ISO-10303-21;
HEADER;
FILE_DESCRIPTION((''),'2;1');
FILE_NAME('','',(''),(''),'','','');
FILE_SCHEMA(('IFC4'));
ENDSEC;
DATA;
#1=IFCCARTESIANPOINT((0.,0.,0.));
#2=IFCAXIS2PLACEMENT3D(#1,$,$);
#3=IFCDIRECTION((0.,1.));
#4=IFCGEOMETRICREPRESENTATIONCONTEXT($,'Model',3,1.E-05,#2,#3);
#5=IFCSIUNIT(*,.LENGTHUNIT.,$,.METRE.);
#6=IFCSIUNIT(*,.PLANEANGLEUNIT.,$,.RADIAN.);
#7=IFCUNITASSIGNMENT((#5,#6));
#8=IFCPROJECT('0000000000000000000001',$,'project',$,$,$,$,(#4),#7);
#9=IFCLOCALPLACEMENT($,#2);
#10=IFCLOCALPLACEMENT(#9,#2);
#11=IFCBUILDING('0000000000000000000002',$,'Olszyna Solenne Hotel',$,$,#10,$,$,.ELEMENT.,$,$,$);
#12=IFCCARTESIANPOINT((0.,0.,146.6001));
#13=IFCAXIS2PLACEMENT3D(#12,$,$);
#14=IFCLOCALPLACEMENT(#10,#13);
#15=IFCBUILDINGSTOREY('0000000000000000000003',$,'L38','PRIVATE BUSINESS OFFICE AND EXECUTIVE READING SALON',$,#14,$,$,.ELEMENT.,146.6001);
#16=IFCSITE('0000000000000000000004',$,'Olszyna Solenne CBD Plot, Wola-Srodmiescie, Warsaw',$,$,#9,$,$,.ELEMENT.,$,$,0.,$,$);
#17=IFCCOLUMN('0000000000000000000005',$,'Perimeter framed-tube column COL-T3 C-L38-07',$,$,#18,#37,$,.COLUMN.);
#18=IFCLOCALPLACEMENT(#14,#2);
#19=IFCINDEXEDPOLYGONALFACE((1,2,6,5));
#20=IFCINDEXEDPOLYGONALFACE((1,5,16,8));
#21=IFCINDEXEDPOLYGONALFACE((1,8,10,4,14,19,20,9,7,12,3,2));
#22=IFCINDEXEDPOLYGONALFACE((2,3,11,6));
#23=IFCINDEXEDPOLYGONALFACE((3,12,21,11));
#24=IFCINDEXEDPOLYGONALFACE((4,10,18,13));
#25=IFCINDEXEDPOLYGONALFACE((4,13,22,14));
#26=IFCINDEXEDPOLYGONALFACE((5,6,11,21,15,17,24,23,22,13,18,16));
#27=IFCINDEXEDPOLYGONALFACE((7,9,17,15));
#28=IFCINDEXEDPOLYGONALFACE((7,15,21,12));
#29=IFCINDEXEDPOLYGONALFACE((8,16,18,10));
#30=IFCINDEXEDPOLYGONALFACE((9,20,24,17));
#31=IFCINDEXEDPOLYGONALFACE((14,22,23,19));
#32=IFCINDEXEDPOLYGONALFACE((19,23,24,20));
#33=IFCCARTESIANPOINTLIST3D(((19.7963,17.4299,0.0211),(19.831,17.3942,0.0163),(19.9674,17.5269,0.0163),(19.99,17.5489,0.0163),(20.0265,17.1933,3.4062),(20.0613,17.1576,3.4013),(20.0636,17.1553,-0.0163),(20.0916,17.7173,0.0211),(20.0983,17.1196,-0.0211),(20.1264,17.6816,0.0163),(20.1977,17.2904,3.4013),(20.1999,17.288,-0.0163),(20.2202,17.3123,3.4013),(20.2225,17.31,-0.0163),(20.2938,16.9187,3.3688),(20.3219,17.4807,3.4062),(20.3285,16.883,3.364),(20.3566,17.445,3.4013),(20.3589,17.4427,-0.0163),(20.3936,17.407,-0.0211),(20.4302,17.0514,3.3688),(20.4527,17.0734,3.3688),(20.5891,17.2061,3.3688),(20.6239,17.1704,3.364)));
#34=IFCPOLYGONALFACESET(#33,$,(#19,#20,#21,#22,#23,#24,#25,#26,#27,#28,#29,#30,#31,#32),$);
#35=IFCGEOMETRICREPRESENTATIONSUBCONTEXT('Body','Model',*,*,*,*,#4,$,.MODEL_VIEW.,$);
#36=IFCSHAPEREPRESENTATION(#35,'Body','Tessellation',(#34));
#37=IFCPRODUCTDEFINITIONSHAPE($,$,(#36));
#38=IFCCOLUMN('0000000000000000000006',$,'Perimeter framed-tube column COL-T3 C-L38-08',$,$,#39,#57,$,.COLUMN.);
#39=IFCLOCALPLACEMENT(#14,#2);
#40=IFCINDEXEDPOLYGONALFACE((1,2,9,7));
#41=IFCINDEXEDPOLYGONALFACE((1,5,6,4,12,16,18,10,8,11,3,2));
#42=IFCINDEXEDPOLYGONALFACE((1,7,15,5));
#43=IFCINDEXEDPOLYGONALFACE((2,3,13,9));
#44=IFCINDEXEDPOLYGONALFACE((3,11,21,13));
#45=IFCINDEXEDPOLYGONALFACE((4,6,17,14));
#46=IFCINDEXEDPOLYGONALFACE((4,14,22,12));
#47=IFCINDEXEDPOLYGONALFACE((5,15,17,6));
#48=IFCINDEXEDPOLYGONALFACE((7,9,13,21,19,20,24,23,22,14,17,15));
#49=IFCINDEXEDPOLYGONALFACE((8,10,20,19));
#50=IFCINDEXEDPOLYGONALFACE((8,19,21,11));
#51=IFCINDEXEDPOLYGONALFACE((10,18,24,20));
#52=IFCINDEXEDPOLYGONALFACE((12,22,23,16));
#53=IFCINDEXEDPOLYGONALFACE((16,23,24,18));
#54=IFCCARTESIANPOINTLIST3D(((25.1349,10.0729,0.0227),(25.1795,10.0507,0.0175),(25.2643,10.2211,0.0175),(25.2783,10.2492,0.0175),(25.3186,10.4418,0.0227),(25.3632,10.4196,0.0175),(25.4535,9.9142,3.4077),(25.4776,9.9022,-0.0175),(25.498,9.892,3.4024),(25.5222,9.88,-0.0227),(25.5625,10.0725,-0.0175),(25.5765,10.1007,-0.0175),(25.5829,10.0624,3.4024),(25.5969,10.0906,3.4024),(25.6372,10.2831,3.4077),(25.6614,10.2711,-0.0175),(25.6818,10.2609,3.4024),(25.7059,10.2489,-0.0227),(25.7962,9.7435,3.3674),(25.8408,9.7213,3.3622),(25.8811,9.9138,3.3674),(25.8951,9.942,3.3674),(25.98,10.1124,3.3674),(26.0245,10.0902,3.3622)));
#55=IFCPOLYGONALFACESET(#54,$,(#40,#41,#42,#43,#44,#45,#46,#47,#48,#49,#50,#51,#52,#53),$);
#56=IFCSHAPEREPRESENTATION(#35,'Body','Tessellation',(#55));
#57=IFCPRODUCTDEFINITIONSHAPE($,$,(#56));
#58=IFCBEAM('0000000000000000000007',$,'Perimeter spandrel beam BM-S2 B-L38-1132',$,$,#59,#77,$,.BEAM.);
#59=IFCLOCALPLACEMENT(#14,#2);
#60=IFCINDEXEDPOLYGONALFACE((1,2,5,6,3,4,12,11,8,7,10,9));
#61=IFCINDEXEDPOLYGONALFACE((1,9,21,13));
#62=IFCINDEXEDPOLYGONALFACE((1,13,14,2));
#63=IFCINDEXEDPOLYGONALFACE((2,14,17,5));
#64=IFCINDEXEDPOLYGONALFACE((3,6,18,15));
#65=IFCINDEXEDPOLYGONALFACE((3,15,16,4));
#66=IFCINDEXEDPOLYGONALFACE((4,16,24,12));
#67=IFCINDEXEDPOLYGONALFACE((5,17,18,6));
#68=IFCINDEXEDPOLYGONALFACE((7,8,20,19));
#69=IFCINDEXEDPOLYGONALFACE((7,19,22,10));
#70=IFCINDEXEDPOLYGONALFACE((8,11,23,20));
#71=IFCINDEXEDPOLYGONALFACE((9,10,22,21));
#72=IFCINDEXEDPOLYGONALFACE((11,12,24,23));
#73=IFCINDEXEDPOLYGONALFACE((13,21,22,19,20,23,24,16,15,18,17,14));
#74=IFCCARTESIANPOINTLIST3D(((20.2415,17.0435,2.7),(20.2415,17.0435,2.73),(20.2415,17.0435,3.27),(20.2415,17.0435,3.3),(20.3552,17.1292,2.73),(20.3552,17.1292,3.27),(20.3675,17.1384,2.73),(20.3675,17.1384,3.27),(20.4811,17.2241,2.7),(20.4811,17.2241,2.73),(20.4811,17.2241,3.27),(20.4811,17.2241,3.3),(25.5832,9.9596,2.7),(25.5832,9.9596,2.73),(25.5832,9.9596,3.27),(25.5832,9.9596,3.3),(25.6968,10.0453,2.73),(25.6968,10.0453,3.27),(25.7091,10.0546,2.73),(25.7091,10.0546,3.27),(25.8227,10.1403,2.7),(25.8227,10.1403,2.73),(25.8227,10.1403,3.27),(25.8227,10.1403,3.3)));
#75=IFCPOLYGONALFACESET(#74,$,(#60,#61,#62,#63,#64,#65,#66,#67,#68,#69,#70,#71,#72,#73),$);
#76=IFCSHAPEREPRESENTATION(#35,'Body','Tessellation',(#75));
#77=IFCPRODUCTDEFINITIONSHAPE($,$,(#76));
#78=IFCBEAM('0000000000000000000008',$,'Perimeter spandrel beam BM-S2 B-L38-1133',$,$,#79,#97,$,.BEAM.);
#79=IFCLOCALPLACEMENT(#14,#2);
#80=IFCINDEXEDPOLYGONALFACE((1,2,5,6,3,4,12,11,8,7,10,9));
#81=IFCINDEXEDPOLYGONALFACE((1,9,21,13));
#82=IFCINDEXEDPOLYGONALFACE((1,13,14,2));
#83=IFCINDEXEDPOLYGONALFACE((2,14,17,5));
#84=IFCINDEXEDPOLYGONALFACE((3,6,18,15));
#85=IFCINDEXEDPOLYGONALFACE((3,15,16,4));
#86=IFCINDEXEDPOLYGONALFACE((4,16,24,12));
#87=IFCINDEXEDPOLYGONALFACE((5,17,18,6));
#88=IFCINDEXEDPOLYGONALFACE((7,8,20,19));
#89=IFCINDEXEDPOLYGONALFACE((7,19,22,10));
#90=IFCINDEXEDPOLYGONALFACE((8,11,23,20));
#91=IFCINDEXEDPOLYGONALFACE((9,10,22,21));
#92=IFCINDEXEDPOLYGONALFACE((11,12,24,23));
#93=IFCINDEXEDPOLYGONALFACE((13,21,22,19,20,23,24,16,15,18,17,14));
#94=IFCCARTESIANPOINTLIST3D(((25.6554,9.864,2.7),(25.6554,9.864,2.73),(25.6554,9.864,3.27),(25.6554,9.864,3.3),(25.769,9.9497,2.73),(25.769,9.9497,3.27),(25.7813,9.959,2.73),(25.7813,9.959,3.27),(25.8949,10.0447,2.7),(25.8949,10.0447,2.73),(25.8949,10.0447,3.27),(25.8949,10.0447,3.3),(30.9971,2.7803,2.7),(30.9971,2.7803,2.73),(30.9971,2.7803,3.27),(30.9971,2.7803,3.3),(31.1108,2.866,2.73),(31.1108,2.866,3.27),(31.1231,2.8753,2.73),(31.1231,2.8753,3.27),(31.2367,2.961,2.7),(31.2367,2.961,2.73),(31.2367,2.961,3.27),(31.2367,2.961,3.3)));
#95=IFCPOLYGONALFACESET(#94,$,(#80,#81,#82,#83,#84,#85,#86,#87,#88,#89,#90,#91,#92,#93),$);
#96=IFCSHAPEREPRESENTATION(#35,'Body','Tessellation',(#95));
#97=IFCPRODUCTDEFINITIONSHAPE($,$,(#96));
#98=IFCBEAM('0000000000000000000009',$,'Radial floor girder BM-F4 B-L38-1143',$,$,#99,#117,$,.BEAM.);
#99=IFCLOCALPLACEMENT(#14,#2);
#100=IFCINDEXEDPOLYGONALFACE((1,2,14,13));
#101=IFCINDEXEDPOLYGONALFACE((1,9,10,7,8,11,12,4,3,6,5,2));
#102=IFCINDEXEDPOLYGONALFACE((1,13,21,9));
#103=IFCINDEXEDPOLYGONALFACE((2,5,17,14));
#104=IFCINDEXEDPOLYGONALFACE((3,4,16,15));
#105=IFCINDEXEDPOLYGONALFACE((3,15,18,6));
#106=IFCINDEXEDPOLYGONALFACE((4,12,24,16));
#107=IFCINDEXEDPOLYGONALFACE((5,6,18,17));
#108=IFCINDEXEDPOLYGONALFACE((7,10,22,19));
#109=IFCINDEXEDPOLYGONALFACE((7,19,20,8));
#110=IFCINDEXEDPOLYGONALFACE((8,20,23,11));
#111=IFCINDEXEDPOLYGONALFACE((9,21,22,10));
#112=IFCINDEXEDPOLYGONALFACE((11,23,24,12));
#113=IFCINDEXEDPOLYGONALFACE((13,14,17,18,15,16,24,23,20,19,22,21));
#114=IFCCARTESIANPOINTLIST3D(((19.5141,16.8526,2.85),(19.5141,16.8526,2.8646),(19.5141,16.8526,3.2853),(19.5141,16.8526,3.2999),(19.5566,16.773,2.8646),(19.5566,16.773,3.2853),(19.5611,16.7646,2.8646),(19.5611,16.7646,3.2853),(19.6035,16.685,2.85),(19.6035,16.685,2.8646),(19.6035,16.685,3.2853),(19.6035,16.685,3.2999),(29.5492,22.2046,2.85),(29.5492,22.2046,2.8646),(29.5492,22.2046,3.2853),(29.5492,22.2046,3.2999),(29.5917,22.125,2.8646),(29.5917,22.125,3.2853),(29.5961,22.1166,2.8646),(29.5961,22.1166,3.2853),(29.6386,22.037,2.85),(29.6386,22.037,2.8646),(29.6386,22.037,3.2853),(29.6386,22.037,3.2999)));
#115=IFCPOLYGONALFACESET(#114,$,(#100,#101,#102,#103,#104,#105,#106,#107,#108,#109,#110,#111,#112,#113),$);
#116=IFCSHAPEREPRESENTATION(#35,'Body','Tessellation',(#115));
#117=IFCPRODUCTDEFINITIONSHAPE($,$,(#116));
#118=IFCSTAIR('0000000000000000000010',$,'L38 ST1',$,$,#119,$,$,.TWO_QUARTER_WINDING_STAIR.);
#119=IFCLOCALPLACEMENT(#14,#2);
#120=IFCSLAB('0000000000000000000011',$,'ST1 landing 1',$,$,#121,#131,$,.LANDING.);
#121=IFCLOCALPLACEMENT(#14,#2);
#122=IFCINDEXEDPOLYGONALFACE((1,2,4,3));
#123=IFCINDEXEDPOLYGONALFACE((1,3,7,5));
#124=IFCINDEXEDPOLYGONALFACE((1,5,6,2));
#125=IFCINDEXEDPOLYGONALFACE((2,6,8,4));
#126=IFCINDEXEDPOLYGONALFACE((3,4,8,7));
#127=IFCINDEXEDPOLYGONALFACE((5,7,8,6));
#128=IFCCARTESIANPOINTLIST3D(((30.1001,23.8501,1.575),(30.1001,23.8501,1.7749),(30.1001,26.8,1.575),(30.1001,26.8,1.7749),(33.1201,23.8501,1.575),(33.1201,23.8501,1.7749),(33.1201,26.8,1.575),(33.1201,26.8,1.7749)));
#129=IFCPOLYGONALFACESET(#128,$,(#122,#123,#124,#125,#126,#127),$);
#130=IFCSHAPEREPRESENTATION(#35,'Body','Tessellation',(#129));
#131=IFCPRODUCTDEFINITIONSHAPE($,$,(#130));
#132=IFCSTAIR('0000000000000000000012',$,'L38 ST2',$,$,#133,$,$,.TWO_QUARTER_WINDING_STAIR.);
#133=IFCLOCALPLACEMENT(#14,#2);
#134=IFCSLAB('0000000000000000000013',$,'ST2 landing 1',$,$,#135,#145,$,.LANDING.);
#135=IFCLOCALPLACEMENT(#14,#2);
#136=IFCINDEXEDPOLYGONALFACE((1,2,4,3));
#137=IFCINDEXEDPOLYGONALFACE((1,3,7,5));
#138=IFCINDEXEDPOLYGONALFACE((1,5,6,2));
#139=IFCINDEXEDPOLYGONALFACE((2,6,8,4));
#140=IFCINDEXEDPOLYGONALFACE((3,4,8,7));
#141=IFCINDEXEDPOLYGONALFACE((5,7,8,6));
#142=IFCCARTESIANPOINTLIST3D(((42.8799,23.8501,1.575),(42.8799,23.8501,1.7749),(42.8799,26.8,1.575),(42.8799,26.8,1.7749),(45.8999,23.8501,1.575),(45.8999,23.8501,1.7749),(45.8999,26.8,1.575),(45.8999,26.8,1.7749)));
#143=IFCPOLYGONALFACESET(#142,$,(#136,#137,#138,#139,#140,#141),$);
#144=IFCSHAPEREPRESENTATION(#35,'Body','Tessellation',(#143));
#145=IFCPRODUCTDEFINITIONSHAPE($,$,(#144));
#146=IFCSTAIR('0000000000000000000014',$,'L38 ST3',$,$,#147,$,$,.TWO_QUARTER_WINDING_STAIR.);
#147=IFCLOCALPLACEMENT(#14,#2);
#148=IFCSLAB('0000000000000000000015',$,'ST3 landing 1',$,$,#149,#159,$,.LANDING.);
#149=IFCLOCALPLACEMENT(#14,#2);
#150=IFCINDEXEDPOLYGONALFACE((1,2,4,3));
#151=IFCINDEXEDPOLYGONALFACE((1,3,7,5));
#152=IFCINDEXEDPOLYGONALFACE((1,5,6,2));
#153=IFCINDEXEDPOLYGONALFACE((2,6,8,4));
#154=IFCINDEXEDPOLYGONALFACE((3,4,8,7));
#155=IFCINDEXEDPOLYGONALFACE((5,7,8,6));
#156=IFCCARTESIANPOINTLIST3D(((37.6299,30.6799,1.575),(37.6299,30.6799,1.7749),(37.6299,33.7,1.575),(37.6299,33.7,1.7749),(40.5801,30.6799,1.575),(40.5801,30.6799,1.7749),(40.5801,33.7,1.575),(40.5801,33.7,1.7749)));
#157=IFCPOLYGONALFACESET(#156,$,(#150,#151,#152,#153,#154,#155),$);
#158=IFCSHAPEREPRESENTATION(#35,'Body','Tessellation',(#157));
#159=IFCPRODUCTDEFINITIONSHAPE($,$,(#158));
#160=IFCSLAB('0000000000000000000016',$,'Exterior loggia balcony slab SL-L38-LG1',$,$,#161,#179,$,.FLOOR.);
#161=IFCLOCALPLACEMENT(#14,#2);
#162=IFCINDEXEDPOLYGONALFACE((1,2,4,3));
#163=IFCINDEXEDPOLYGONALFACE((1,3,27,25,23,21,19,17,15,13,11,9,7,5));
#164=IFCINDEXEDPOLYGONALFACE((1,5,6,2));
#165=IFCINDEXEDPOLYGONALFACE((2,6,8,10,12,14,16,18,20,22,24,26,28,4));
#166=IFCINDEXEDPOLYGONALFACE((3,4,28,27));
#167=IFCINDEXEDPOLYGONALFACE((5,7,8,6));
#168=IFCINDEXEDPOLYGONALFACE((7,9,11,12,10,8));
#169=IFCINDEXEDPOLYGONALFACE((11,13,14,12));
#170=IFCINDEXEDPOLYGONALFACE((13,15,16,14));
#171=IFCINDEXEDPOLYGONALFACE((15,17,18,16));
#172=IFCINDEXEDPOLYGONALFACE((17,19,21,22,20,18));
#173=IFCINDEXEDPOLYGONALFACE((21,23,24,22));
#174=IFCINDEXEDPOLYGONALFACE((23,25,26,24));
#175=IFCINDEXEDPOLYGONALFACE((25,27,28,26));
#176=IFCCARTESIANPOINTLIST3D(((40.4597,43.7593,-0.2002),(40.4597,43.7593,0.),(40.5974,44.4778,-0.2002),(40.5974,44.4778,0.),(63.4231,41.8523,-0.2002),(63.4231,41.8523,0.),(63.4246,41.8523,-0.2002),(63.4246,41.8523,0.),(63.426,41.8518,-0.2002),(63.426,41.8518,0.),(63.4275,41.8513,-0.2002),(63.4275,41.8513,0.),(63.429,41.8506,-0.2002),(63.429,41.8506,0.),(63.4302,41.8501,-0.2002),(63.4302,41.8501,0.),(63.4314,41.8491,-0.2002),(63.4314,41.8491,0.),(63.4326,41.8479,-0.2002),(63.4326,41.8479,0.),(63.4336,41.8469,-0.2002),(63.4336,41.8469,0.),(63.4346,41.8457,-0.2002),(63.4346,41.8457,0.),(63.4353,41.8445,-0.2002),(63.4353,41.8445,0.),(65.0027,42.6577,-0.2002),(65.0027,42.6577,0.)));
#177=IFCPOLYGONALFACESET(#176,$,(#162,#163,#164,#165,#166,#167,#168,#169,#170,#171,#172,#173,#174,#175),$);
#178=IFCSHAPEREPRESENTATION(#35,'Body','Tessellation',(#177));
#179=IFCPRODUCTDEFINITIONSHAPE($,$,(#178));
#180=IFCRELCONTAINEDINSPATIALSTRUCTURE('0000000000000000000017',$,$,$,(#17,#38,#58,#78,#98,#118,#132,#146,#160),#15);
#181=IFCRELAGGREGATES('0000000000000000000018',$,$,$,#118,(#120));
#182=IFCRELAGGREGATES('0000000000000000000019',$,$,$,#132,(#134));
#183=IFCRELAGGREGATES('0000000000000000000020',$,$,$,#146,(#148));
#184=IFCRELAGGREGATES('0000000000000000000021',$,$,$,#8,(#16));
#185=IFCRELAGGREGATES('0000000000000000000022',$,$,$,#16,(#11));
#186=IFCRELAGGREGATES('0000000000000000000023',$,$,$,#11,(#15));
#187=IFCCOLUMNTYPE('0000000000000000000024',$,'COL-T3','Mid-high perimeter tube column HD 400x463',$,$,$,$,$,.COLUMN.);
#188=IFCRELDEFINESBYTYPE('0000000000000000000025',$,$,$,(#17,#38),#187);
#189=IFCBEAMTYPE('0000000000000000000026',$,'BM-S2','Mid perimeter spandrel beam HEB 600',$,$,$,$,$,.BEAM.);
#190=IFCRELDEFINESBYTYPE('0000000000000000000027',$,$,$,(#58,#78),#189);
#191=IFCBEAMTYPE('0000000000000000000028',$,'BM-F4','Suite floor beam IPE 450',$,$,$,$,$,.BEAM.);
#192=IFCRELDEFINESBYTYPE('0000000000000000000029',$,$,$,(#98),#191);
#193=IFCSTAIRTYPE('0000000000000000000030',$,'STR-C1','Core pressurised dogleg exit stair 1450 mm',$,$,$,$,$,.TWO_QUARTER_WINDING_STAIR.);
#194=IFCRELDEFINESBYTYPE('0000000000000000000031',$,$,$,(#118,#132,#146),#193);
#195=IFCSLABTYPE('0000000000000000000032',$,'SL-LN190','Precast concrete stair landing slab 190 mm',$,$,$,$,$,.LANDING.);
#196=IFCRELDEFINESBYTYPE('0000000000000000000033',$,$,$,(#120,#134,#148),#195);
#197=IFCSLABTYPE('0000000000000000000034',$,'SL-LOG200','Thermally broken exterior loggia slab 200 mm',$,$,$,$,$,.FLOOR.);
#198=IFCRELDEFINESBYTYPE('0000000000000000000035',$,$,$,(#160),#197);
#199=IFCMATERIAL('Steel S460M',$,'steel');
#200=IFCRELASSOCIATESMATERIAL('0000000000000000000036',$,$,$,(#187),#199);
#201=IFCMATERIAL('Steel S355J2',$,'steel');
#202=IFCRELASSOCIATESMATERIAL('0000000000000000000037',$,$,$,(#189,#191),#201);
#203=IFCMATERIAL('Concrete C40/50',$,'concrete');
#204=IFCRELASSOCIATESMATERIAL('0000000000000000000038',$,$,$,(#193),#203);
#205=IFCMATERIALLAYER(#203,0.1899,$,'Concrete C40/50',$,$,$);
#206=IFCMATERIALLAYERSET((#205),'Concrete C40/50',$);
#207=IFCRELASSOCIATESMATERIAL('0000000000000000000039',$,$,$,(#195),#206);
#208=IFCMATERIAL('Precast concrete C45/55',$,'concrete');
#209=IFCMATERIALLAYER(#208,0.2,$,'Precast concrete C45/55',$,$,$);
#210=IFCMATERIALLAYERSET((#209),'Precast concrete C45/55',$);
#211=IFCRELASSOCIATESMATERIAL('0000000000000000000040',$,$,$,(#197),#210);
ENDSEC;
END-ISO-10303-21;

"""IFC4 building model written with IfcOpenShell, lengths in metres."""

from ifc_helpers import new_model, si_unit, direction, frame, origin, origin_2d, place, context, subcontext, project, spatial, polyline, i_section, outline, extrude, source, transform, mapped, material, layer, layer_set, material_profile, profile_set, type_object, element, aggregate, save


model = new_model("IFC4")

# Units and contexts
model_context = context("Model", 3, precision=1e-05, world=origin(), true_north=direction((0.0, 1.0)))
body_context = subcontext(model_context, "Body", "Model", "MODEL_VIEW")
ifc_project = project(units=[si_unit("LENGTHUNIT", "METRE"), si_unit("PLANEANGLEUNIT", "RADIAN")], contexts=[model_context])

# Site, building, storey
site_placement = place(None, origin())
site = spatial("IfcSite", under=ifc_project, at=site_placement, Name="Olszyna Solenne CBD Plot, Wola-Srodmiescie, Warsaw", CompositionType="ELEMENT", RefElevation=0.0)
building_placement = place(site_placement, origin())
building = spatial("IfcBuilding", under=site, at=building_placement, Name="Olszyna Solenne Hotel", CompositionType="ELEMENT")
storey_placement = place(building_placement, frame((0.0, 0.0, 146.6001)))
storey = spatial("IfcBuildingStorey", under=building, at=storey_placement, Name="L38", Description="PRIVATE BUSINESS OFFICE AND EXECUTIVE READING SALON", CompositionType="ELEMENT", Elevation=146.6001)

# Columns
ifc_material_1 = material(Name="Steel S460M", Category="steel")
ifc_material_profile_1 = material_profile(ifc_material_1, i_section(OverallWidth=0.4121, OverallDepth=0.4351, WebThickness=0.0315, FlangeThickness=0.05, at=origin_2d()), Name="HD 400x463", Category="load-bearing")
ifc_profile_set_1 = profile_set([ifc_material_profile_1], Name="Steel S460M")
column_type = type_object("IfcColumnType", Name="COL-T3", Description="Mid-high perimeter tube column HD 400x463", PredefinedType="COLUMN", material=ifc_profile_set_1)
shared_shape_1 = source(origin(), body_context, "Body", "SweptSolid", [
    extrude(i_section(OverallWidth=0.4121, OverallDepth=0.4351, WebThickness=0.0315, FlangeThickness=0.05, at=origin_2d()), origin(), (0.0, 0.0, 1.0), 3.4011),
])
column_1_placement = place(storey_placement, frame((20.095, 17.4185, 0.0), z_axis=(0.067692, -0.069558, 0.995279), x_axis=(0.716656, 0.697427, 0.0)))
element("IfcColumn", 1, at=column_1_placement, inside=storey, type_object=column_type, Name="Perimeter framed-tube column COL-T3 C-L38-07", PredefinedType="COLUMN", context=body_context, shape_type="MappedRepresentation", body=[
    mapped(shared_shape_1, transform((0.0, 0.0, 0.0), x_axis=(1.0, 0.0, 0.0), y_axis=(0.0, 1.0, 0.0), z_axis=(0.0, 0.0, 1.0), scale=1.0)),
])
shared_shape_2 = source(origin(), body_context, "Body", "SweptSolid", [
    extrude(i_section(OverallWidth=0.4121, OverallDepth=0.4351, WebThickness=0.0315, FlangeThickness=0.05, at=origin_2d()), origin(), (0.0, 0.0, 1.0), 3.4036),
])
column_2_placement = place(storey_placement, frame((25.4204, 10.1609, 0.0), z_axis=(0.093606, -0.046624, 0.994517), x_axis=(0.445841, 0.895112, 0.0)))
element("IfcColumn", 2, at=column_2_placement, inside=storey, type_object=column_type, Name="Perimeter framed-tube column COL-T3 C-L38-08", PredefinedType="COLUMN", context=body_context, shape_type="MappedRepresentation", body=[
    mapped(shared_shape_2, transform((0.0, 0.0, 0.0), x_axis=(1.0, 0.0, 0.0), y_axis=(0.0, 1.0, 0.0), z_axis=(0.0, 0.0, 1.0), scale=1.0)),
])

# Beams
ifc_material_2 = material(Name="Steel S355J2", Category="steel")
ifc_material_profile_2 = material_profile(ifc_material_2, i_section(OverallWidth=0.3, OverallDepth=0.6001, WebThickness=0.0154, FlangeThickness=0.03, at=origin_2d()), Name="HEB 600", Category="load-bearing")
ifc_profile_set_2 = profile_set([ifc_material_profile_2], Name="Steel S355J2")
beam_type_1 = type_object("IfcBeamType", Name="BM-S2", Description="Mid perimeter spandrel beam HEB 600", PredefinedType="BEAM", material=ifc_profile_set_2)
shared_shape_3 = source(origin(), body_context, "Body", "SweptSolid", [
    extrude(i_section(OverallWidth=0.3, OverallDepth=0.6001, WebThickness=0.0154, FlangeThickness=0.03, at=origin_2d()), origin(), (0.0, 0.0, 1.0), 8.8721),
])
for number, where, z_axis, x_axis, name in (
    (3, (20.3613, 17.1338, 3.0), (0.602072, -0.798442, 0.0), (0.798442, 0.602072, 0.0), "Perimeter spandrel beam BM-S2 B-L38-1132"),
    (4, (25.7751, 9.9543, 3.0), (0.602089, -0.798429, 0.0), (0.798429, 0.602089, 0.0), "Perimeter spandrel beam BM-S2 B-L38-1133"),
):
    element("IfcBeam", number, at=place(storey_placement, frame(where, z_axis=z_axis, x_axis=x_axis)), inside=storey, type_object=beam_type_1, Name=name, PredefinedType="BEAM", context=body_context, shape_type="MappedRepresentation", body=[
        mapped(shared_shape_3, transform((0.0, 0.0, 0.0), x_axis=(1.0, 0.0, 0.0), y_axis=(0.0, 1.0, 0.0), z_axis=(0.0, 0.0, 1.0), scale=1.0)),
    ])
ifc_material_profile_3 = material_profile(ifc_material_2, i_section(OverallWidth=0.1899, OverallDepth=0.45, WebThickness=0.0095, FlangeThickness=0.0146, at=origin_2d()), Name="IPE 450", Category="load-bearing")
ifc_profile_set_3 = profile_set([ifc_material_profile_3], Name="Steel S355J2")
beam_type_2 = type_object("IfcBeamType", Name="BM-F4", Description="Suite floor beam IPE 450", PredefinedType="BEAM", material=ifc_profile_set_3)
shared_shape_4 = source(origin(), body_context, "Body", "SweptSolid", [
    extrude(i_section(OverallWidth=0.1899, OverallDepth=0.45, WebThickness=0.0095, FlangeThickness=0.0146, at=origin_2d()), origin(), (0.0, 0.0, 1.0), 11.373),
])
beam_placement = place(storey_placement, frame((19.5588, 16.7688, 3.075), z_axis=(0.882354, 0.470586, 0.0), x_axis=(-0.470586, 0.882354, 0.0)))
element("IfcBeam", 5, at=beam_placement, inside=storey, type_object=beam_type_2, Name="Radial floor girder BM-F4 B-L38-1143", PredefinedType="BEAM", context=body_context, shape_type="MappedRepresentation", body=[
    mapped(shared_shape_4, transform((0.0, 0.0, 0.0), x_axis=(1.0, 0.0, 0.0), y_axis=(0.0, 1.0, 0.0), z_axis=(0.0, 0.0, 1.0), scale=1.0)),
])

# Stairs, slabs
ifc_material_3 = material(Name="Concrete C40/50", Category="concrete")
stair_type = type_object("IfcStairType", Name="STR-C1", Description="Core pressurised dogleg exit stair 1450 mm", PredefinedType="TWO_QUARTER_WINDING_STAIR", material=ifc_material_3)
stair_1_placement = place(storey_placement, origin())
stair_1 = element("IfcStair", 6, at=stair_1_placement, inside=storey, type_object=stair_type, Name="L38 ST1", PredefinedType="TWO_QUARTER_WINDING_STAIR")
ifc_layer_1 = layer(ifc_material_3, 0.1899, Name="Concrete C40/50")
ifc_layer_set_1 = layer_set([ifc_layer_1], Name="Concrete C40/50")
slab_type_1 = type_object("IfcSlabType", Name="SL-LN190", Description="Precast concrete stair landing slab 190 mm", PredefinedType="LANDING", material=ifc_layer_set_1)
slab_1_placement = place(storey_placement, frame((0.0, 0.0, 1.575)))
slab_1 = element("IfcSlab", 7, at=slab_1_placement, type_object=slab_type_1, Name="ST1 landing 1", PredefinedType="LANDING", context=body_context, shape_type="SweptSolid", body=[
    extrude(outline(polyline([(33.1201, 23.8501), (33.1201, 26.8), (30.1001, 26.8), (30.1001, 23.8501), (33.1201, 23.8501)])), origin(), (0.0, 0.0, 1.0), 0.2),
])
aggregate(stair_1, [slab_1])
stair_2_placement = place(storey_placement, origin())
stair_2 = element("IfcStair", 8, at=stair_2_placement, inside=storey, type_object=stair_type, Name="L38 ST2", PredefinedType="TWO_QUARTER_WINDING_STAIR")
slab_2_placement = place(storey_placement, frame((0.0, 0.0, 1.575)))
slab_2 = element("IfcSlab", 9, at=slab_2_placement, type_object=slab_type_1, Name="ST2 landing 1", PredefinedType="LANDING", context=body_context, shape_type="SweptSolid", body=[
    extrude(outline(polyline([(45.8999, 23.8501), (45.8999, 26.8), (42.8799, 26.8), (42.8799, 23.8501), (45.8999, 23.8501)])), origin(), (0.0, 0.0, 1.0), 0.2),
])
aggregate(stair_2, [slab_2])
stair_3_placement = place(storey_placement, origin())
stair_3 = element("IfcStair", 10, at=stair_3_placement, inside=storey, type_object=stair_type, Name="L38 ST3", PredefinedType="TWO_QUARTER_WINDING_STAIR")
slab_3_placement = place(storey_placement, frame((0.0, 0.0, 1.575)))
slab_3 = element("IfcSlab", 11, at=slab_3_placement, type_object=slab_type_1, Name="ST3 landing 1", PredefinedType="LANDING", context=body_context, shape_type="SweptSolid", body=[
    extrude(outline(polyline([(37.6299, 30.6799), (40.5801, 30.6799), (40.5801, 33.7), (37.6299, 33.7), (37.6299, 30.6799)])), origin(), (0.0, 0.0, 1.0), 0.2),
])
aggregate(stair_3, [slab_3])

# Slab
ifc_material_4 = material(Name="Precast concrete C45/55", Category="concrete")
ifc_layer_2 = layer(ifc_material_4, 0.2, Name="Precast concrete C45/55")
ifc_layer_set_2 = layer_set([ifc_layer_2], Name="Precast concrete C45/55")
slab_type_2 = type_object("IfcSlabType", Name="SL-LOG200", Description="Thermally broken exterior loggia slab 200 mm", PredefinedType="FLOOR", material=ifc_layer_set_2)
slab_4_placement = place(storey_placement, frame((0.0, 0.0, -0.2002)))
element("IfcSlab", 12, at=slab_4_placement, inside=storey, type_object=slab_type_2, Name="Exterior loggia balcony slab SL-L38-LG1", PredefinedType="FLOOR", context=body_context, shape_type="SweptSolid", body=[
    extrude(outline(polyline([(40.4597, 43.7593), (63.4231, 41.8523), (63.4246, 41.8523), (63.426, 41.8518), (63.4275, 41.8513), (63.429, 41.8506), (63.4302, 41.8501), (63.4314, 41.8491), (63.4326, 41.8479), (63.4336, 41.8469), (63.4346, 41.8457), (63.4353, 41.8445), (65.0027, 42.6577), (40.5974, 44.4778), (40.4597, 43.7593)])), origin(), (0.0, 0.0, 1.0), 0.2002),
])

save(model, "model.ifc")
